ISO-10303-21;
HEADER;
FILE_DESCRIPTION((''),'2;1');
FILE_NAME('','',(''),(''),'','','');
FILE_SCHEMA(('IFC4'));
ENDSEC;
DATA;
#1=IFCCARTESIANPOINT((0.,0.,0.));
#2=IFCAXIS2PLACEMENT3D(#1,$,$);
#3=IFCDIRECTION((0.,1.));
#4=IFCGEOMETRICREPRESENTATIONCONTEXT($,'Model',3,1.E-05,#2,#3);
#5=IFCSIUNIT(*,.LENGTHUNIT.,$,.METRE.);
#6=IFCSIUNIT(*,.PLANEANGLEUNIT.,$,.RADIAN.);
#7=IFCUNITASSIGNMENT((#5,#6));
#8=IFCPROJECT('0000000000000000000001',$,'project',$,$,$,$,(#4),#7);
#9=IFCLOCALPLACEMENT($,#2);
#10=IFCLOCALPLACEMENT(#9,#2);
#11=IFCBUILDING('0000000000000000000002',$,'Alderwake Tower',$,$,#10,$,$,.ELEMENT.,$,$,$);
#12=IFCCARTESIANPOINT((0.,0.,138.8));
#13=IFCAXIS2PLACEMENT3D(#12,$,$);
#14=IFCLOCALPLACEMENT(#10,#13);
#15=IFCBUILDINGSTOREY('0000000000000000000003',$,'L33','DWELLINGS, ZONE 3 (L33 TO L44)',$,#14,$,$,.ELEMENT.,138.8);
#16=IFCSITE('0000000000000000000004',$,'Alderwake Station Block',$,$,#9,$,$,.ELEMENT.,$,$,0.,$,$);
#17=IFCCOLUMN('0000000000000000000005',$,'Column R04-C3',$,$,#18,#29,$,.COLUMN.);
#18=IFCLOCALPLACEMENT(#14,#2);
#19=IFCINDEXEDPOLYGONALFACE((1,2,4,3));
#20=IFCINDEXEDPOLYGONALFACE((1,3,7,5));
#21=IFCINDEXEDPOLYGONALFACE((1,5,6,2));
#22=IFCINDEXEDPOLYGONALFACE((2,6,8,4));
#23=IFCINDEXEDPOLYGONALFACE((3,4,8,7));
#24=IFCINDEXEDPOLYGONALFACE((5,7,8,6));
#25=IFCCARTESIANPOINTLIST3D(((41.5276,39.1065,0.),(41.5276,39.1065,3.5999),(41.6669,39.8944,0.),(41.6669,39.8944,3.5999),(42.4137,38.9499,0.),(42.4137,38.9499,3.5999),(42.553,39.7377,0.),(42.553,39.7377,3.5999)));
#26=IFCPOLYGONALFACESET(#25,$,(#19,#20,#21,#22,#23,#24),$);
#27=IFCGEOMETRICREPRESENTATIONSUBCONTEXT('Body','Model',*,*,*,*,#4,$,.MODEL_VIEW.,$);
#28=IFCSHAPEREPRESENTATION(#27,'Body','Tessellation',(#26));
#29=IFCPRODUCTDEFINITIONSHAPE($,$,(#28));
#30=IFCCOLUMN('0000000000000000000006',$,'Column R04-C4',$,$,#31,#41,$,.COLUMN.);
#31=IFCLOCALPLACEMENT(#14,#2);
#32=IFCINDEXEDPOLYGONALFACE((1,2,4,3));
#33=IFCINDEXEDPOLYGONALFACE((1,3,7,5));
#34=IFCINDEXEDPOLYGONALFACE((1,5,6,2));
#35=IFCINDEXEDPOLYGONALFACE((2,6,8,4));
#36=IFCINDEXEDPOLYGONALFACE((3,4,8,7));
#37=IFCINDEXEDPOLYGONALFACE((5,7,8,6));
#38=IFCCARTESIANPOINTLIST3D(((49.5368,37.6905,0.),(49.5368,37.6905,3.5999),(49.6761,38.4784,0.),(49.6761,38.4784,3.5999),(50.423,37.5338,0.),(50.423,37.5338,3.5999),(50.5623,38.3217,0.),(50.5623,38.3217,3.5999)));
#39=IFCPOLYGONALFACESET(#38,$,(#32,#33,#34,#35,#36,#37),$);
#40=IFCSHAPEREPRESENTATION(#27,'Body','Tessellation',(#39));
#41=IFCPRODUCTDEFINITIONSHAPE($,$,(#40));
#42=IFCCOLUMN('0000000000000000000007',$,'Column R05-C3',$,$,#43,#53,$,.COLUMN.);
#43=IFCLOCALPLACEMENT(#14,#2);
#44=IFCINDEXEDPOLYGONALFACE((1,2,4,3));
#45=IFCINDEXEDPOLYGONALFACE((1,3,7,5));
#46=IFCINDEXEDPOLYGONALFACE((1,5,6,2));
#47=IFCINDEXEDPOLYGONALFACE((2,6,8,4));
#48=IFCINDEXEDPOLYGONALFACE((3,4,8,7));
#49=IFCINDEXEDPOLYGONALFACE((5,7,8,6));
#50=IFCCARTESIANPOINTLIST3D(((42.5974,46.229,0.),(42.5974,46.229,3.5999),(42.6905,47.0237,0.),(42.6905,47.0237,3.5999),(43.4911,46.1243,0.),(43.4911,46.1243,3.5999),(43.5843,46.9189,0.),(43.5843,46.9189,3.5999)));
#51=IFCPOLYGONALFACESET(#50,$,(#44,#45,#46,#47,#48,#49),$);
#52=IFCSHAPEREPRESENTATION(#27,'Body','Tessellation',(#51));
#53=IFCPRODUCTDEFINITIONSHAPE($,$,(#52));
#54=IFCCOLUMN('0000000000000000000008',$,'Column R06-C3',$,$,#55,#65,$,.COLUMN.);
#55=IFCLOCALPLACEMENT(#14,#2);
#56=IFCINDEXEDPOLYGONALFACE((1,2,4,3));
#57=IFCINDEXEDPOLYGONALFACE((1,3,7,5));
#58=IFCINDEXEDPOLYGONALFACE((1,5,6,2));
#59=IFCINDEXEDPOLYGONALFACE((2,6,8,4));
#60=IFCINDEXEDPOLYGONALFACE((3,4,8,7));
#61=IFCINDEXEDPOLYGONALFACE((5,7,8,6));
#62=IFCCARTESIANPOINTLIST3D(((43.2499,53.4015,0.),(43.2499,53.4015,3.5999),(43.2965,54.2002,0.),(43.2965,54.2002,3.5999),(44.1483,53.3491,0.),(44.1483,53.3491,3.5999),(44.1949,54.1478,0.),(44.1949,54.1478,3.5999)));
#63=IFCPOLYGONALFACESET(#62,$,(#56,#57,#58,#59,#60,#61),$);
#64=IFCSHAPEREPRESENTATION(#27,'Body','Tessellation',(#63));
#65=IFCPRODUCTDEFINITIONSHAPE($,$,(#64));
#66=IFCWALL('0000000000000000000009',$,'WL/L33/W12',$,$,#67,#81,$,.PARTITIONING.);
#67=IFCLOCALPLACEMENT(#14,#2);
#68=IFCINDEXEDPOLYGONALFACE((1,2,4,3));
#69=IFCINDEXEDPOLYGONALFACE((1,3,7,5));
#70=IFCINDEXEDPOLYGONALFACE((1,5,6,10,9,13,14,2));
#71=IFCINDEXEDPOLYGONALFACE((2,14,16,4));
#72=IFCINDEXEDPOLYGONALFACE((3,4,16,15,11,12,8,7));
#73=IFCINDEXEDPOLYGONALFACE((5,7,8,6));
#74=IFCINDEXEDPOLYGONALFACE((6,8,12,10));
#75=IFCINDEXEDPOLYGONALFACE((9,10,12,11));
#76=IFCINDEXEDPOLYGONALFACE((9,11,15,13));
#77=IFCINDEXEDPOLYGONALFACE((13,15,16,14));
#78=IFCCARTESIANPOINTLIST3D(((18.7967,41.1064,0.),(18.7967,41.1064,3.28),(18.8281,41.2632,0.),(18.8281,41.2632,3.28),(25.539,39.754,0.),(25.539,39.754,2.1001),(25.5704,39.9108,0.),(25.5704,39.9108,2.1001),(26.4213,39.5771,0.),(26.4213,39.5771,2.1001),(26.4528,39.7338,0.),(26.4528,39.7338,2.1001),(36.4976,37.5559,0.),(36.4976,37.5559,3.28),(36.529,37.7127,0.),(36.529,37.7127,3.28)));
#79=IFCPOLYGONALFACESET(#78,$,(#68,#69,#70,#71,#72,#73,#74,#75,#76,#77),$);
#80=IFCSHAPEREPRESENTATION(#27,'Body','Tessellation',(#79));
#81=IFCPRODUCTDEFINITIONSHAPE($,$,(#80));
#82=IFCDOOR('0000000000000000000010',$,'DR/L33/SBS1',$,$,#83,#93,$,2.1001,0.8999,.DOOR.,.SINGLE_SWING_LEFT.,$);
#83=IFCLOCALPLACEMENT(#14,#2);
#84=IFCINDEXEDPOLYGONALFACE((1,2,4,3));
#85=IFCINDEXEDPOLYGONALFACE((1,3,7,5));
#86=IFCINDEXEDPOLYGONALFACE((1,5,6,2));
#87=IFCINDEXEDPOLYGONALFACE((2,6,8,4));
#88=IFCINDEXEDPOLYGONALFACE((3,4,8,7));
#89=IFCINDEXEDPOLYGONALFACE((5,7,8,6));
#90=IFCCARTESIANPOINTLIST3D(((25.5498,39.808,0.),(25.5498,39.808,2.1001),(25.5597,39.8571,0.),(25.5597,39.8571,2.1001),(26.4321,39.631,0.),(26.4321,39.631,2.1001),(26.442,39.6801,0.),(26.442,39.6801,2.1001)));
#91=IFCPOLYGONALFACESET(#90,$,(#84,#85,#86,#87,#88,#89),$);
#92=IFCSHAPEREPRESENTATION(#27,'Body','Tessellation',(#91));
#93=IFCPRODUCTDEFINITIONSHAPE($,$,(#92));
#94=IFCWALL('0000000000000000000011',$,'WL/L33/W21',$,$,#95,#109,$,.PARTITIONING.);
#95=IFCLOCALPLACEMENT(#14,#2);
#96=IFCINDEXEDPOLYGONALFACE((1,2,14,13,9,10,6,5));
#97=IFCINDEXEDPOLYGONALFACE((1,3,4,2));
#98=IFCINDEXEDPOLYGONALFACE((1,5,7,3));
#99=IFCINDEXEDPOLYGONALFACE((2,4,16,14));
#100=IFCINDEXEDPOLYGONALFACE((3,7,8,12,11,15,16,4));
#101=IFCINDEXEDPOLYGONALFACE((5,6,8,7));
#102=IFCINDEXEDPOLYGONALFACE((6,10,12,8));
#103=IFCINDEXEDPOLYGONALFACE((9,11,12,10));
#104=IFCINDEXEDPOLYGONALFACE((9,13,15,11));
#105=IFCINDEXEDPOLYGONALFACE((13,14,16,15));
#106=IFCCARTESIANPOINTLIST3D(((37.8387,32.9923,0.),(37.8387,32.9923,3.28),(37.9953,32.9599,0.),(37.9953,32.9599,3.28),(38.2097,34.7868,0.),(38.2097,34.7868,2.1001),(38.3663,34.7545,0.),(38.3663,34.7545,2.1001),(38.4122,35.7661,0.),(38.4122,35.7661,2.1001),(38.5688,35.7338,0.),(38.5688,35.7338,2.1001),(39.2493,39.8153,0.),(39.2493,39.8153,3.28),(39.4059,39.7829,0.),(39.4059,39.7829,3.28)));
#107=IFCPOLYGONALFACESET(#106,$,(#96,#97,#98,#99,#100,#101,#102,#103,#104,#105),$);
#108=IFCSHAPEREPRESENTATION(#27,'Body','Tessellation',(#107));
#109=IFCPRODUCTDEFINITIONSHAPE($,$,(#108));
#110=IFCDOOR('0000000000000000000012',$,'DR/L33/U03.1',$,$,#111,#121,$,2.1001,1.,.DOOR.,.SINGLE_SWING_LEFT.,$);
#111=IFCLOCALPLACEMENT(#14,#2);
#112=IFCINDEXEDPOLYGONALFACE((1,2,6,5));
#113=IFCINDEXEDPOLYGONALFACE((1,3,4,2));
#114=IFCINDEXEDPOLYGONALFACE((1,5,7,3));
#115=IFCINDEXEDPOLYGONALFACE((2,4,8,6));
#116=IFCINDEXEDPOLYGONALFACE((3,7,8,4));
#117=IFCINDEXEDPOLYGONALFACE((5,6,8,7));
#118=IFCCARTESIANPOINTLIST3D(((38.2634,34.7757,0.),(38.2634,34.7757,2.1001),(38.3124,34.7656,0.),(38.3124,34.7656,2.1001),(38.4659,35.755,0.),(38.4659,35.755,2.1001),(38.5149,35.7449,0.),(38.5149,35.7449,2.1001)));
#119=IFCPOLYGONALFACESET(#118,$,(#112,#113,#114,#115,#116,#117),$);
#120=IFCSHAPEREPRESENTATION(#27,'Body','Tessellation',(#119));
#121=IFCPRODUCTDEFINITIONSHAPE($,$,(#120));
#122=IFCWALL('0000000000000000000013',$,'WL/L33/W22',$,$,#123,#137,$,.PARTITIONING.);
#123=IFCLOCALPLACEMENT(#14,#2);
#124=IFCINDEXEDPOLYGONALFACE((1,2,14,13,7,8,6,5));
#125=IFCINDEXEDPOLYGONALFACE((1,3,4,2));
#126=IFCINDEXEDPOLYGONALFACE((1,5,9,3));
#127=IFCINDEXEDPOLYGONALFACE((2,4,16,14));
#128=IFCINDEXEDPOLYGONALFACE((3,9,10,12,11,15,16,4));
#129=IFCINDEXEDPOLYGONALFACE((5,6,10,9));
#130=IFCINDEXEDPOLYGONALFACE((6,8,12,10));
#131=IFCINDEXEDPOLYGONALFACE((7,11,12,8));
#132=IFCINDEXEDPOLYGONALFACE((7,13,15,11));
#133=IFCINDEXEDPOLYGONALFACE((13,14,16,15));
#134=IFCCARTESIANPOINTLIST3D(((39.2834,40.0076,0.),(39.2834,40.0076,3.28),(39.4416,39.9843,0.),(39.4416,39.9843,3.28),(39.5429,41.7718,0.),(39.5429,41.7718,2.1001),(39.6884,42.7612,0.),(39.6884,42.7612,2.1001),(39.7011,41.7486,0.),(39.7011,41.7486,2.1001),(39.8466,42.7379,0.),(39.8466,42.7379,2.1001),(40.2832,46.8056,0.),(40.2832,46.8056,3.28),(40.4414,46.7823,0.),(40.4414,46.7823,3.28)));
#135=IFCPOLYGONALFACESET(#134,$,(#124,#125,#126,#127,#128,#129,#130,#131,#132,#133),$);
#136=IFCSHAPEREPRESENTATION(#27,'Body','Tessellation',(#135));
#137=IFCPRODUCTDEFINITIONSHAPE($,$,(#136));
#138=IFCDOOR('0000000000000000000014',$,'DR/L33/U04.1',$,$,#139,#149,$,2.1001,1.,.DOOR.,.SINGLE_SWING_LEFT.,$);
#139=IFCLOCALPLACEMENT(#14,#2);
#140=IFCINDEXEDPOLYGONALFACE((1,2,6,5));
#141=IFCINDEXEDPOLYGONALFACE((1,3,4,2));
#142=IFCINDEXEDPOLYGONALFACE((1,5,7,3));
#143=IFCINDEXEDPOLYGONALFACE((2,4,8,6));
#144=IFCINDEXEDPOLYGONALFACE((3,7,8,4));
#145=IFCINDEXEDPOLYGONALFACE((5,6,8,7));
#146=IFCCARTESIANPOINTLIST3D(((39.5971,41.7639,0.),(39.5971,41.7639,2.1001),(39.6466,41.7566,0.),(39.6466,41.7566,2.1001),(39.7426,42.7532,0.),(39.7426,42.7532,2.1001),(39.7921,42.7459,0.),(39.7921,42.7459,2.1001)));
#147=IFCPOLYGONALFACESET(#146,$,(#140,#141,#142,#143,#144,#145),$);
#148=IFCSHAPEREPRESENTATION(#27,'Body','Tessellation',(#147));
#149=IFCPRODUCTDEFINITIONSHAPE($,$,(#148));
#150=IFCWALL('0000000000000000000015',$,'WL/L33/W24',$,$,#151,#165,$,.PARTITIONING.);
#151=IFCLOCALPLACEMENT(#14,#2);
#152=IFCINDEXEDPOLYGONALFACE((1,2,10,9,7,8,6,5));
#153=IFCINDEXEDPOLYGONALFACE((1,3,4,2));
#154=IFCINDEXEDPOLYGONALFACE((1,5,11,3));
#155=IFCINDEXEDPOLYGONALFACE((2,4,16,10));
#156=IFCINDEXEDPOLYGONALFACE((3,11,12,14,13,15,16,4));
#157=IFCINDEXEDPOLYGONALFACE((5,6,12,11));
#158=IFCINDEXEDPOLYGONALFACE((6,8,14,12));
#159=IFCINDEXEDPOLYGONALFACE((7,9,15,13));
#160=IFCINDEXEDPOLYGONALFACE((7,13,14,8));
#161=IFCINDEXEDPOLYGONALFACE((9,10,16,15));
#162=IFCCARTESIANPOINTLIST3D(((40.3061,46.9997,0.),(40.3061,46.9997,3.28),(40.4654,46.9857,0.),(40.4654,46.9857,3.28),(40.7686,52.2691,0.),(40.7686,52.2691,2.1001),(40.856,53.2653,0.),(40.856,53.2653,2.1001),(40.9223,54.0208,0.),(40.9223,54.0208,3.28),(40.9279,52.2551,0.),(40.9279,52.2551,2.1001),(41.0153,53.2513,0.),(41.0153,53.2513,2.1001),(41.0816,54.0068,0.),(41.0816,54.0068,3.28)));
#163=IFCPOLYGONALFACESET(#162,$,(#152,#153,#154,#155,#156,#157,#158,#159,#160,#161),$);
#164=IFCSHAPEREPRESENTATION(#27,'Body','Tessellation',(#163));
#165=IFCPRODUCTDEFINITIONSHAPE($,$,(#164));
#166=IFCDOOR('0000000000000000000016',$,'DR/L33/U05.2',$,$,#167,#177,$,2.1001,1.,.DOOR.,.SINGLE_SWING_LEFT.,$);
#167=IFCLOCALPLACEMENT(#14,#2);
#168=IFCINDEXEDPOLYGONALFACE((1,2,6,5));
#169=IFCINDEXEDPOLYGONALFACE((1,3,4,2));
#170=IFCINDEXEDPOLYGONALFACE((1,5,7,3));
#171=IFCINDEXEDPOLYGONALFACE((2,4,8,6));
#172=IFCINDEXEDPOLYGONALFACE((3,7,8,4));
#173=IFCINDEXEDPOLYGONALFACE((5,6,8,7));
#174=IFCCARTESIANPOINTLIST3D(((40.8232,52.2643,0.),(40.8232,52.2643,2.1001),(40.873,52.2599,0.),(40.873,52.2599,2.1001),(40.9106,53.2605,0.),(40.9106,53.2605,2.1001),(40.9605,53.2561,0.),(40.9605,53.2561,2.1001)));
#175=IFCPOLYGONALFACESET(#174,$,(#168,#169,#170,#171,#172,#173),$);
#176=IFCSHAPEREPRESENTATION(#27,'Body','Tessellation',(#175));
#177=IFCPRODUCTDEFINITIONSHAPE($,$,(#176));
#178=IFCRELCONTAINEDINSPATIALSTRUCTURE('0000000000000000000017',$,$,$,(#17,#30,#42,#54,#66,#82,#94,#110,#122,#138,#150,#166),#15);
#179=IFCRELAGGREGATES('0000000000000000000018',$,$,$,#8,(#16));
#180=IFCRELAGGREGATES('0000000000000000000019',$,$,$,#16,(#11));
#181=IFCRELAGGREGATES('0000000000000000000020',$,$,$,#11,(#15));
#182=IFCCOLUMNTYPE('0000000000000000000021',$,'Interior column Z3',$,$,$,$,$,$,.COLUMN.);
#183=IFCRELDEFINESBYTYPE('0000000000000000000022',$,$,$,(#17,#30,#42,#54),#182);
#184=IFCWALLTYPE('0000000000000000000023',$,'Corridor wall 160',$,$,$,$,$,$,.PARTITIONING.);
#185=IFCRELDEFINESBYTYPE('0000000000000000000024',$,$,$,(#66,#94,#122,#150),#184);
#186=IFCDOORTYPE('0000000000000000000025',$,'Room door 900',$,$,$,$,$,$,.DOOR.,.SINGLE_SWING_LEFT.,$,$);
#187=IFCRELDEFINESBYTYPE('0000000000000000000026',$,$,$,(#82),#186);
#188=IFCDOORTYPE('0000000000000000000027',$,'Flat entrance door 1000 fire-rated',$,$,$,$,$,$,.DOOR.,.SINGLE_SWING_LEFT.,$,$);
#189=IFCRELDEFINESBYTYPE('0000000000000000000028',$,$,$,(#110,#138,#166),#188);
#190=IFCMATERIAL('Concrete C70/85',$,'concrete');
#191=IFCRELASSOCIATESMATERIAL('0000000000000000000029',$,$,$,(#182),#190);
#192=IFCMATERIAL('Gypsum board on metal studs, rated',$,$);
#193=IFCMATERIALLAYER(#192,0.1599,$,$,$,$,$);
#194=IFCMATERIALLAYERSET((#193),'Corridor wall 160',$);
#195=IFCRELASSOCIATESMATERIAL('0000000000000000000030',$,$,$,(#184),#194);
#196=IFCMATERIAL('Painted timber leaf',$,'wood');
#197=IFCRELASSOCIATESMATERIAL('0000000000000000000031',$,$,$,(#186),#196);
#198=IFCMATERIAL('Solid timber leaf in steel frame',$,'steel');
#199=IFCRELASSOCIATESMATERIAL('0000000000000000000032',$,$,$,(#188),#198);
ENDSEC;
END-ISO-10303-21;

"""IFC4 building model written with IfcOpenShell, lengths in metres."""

from ifc_helpers import new_model, si_unit, direction, frame, frame_2d, origin, origin_2d, place, context, subcontext, project, spatial, rectangle, extrude, material, layer, layer_set, material_profile, profile_set, type_object, element, fill, save


model = new_model("IFC4")

# Units and contexts
model_context = context("Model", 3, precision=1e-05, world=origin(), true_north=direction((0.0, 1.0)))
body_context = subcontext(model_context, "Body", "Model", "MODEL_VIEW")
ifc_project = project(units=[si_unit("LENGTHUNIT", "METRE"), si_unit("PLANEANGLEUNIT", "RADIAN")], contexts=[model_context])

# Site, building, storey
site_placement = place(None, origin())
site = spatial("IfcSite", under=ifc_project, at=site_placement, Name="Alderwake Station Block", CompositionType="ELEMENT", RefElevation=0.0)
building_placement = place(site_placement, origin())
building = spatial("IfcBuilding", under=site, at=building_placement, Name="Alderwake Tower", CompositionType="ELEMENT")
storey_placement = place(building_placement, frame((0.0, 0.0, 138.8)))
storey = spatial("IfcBuildingStorey", under=building, at=storey_placement, Name="L33", Description="DWELLINGS, ZONE 3 (L33 TO L44)", CompositionType="ELEMENT", Elevation=138.8)

# Columns
ifc_material_1 = material(Name="Concrete C70/85", Category="concrete")
ifc_material_profile = material_profile(ifc_material_1, rectangle(XDim=0.8, YDim=0.8999, at=origin_2d()), Name="RC 900X800")
ifc_profile_set = profile_set([ifc_material_profile], Name="Concrete C70/85")
column_type = type_object("IfcColumnType", Name="Interior column Z3", PredefinedType="COLUMN", material=ifc_profile_set)
for number, where, z_axis, x_axis, name in (
    (1, (42.0403, 39.4221, 0.0), (0.0, 0.0, 1.0), (0.174109, 0.984726, 0.0), "Column R04-C3"),
    (2, (50.0496, 38.0061, 0.0), (0.0, 0.0, 1.0), (0.174109, 0.984726, 0.0), "Column R04-C4"),
    (3, (43.0908, 46.574, 0.0), (0.0, 0.0, 1.0), (0.116402, 0.993202, 0.0), "Column R05-C3"),
    (4, (43.7224, 53.7747, 0.0), (0.0, 0.0, 1.0), (0.058299, 0.998299, 0.0), "Column R06-C3"),
):
    element("IfcColumn", number, at=place(storey_placement, frame(where, z_axis=z_axis, x_axis=x_axis)), inside=storey, type_object=column_type, Name=name, PredefinedType="COLUMN", context=body_context, shape_type="SweptSolid", body=[
        extrude(rectangle(XDim=0.8, YDim=0.8999, at=origin_2d()), origin(), (0.0, 0.0, 1.0), 3.5999),
    ])

# Walls, openings, doors
ifc_material_2 = material(Name="Gypsum board on metal studs, rated")
ifc_layer_1 = layer(ifc_material_2, 0.1599)
ifc_layer_set_1 = layer_set([ifc_layer_1], Name="Corridor wall 160")
wall_type_1 = type_object("IfcWallType", Name="Corridor wall 160", PredefinedType="PARTITIONING", material=ifc_layer_set_1)
wall_1_placement = place(storey_placement, frame((36.5134, 37.6343, 0.0), z_axis=(0.0, 0.0, 1.0), x_axis=(-0.98047, 0.196667, 0.0)))
wall_1 = element("IfcWall", 5, at=wall_1_placement, inside=storey, type_object=wall_type_1, Name="WL/L33/W12", PredefinedType="PARTITIONING", context=body_context, shape_type="SweptSolid", body=[
    extrude(rectangle(XDim=18.0535, YDim=0.1599, at=frame_2d((9.0269, 0.0))), origin(), (0.0, 0.0, 1.0), 3.28),
])
opening_1_placement = place(wall_1_placement, frame((10.2771, 0.0, 0.0)))
opening_1 = element("IfcOpeningElement", 6, at=opening_1_placement, cuts=wall_1, PredefinedType="OPENING", context=body_context, shape_type="SweptSolid", body=[
    extrude(rectangle(XDim=0.8999, YDim=2.1001, at=frame_2d((0.45, 1.05))), frame((0.0, 0.0898, 0.0), z_axis=(0.0, -1.0, 0.0), x_axis=(1.0, 0.0, 0.0)), (0.0, 0.0, 1.0), 0.1799),
])
ifc_material_3 = material(Name="Painted timber leaf", Category="wood")
door_type_1 = type_object("IfcDoorType", Name="Room door 900", OperationType="SINGLE_SWING_LEFT", PredefinedType="DOOR", material=ifc_material_3)
door_1_placement = place(opening_1_placement, origin())
door_1 = element("IfcDoor", 7, at=door_1_placement, inside=storey, type_object=door_type_1, Name="DR/L33/SBS1", OperationType="SINGLE_SWING_LEFT", OverallHeight=2.1001, OverallWidth=0.8999, PredefinedType="DOOR", context=body_context, shape_type="SweptSolid", body=[
    extrude(rectangle(XDim=0.8999, YDim=2.1001, at=frame_2d((0.45, 1.05))), frame((0.0, 0.0249, 0.0), z_axis=(0.0, -1.0, 0.0), x_axis=(1.0, 0.0, 0.0)), (0.0, 0.0, 1.0), 0.05),
])
fill(opening_1, door_1)
wall_2_placement = place(storey_placement, frame((39.3276, 39.7991, 0.0), z_axis=(0.0, 0.0, 1.0), x_axis=(-0.202467, -0.979289, 0.0)))
wall_2 = element("IfcWall", 8, at=wall_2_placement, inside=storey, type_object=wall_type_1, Name="WL/L33/W21", PredefinedType="PARTITIONING", context=body_context, shape_type="SweptSolid", body=[
    extrude(rectangle(XDim=6.9673, YDim=0.1599, at=frame_2d((3.4836, 0.0))), origin(), (0.0, 0.0, 1.0), 3.28),
])
opening_2_placement = place(wall_2_placement, frame((4.1348, 0.0, 0.0)))
opening_2 = element("IfcOpeningElement", 9, at=opening_2_placement, cuts=wall_2, PredefinedType="OPENING", context=body_context, shape_type="SweptSolid", body=[
    extrude(rectangle(XDim=1.0, YDim=2.1001, at=frame_2d((0.5, 1.05))), frame((0.0, 0.0898, 0.0), z_axis=(0.0, -1.0, 0.0), x_axis=(1.0, 0.0, 0.0)), (0.0, 0.0, 1.0), 0.1799),
])
ifc_material_4 = material(Name="Solid timber leaf in steel frame", Category="steel")
door_type_2 = type_object("IfcDoorType", Name="Flat entrance door 1000 fire-rated", OperationType="SINGLE_SWING_LEFT", PredefinedType="DOOR", material=ifc_material_4)
door_2_placement = place(opening_2_placement, origin())
door_2 = element("IfcDoor", 10, at=door_2_placement, inside=storey, type_object=door_type_2, Name="DR/L33/U03.1", OperationType="SINGLE_SWING_LEFT", OverallHeight=2.1001, OverallWidth=1.0, PredefinedType="DOOR", context=body_context, shape_type="SweptSolid", body=[
    extrude(rectangle(XDim=1.0, YDim=2.1001, at=frame_2d((0.5, 1.05))), frame((0.0, 0.0249, 0.0), z_axis=(0.0, -1.0, 0.0), x_axis=(1.0, 0.0, 0.0)), (0.0, 0.0, 1.0), 0.05),
])
fill(opening_2, door_2)
wall_3_placement = place(storey_placement, frame((40.3623, 46.7939, 0.0), z_axis=(0.0, 0.0, 1.0), x_axis=(-0.145504, -0.989358, 0.0)))
wall_3 = element("IfcWall", 11, at=wall_3_placement, inside=storey, type_object=wall_type_1, Name="WL/L33/W22", PredefinedType="PARTITIONING", context=body_context, shape_type="SweptSolid", body=[
    extrude(rectangle(XDim=6.8711, YDim=0.1599, at=frame_2d((3.4355, 0.0))), origin(), (0.0, 0.0, 1.0), 3.28),
])
opening_3_placement = place(wall_3_placement, frame((4.0879, 0.0, 0.0)))
opening_3 = element("IfcOpeningElement", 12, at=opening_3_placement, cuts=wall_3, PredefinedType="OPENING", context=body_context, shape_type="SweptSolid", body=[
    extrude(rectangle(XDim=1.0, YDim=2.1001, at=frame_2d((0.5, 1.05))), frame((0.0, 0.0898, 0.0), z_axis=(0.0, -1.0, 0.0), x_axis=(1.0, 0.0, 0.0)), (0.0, 0.0, 1.0), 0.1799),
])
door_3_placement = place(opening_3_placement, origin())
door_3 = element("IfcDoor", 13, at=door_3_placement, inside=storey, type_object=door_type_2, Name="DR/L33/U04.1", OperationType="SINGLE_SWING_LEFT", OverallHeight=2.1001, OverallWidth=1.0, PredefinedType="DOOR", context=body_context, shape_type="SweptSolid", body=[
    extrude(rectangle(XDim=1.0, YDim=2.1001, at=frame_2d((0.5, 1.05))), frame((0.0, 0.0249, 0.0), z_axis=(0.0, -1.0, 0.0), x_axis=(1.0, 0.0, 0.0)), (0.0, 0.0, 1.0), 0.05),
])
fill(opening_3, door_3)
wall_4_placement = place(storey_placement, frame((41.002, 54.0137, 0.0), z_axis=(0.0, 0.0, 1.0), x_axis=(-0.087431, -0.996171, 0.0)))
wall_4 = element("IfcWall", 14, at=wall_4_placement, inside=storey, type_object=wall_type_1, Name="WL/L33/W24", PredefinedType="PARTITIONING", context=body_context, shape_type="SweptSolid", body=[
    extrude(rectangle(XDim=7.0481, YDim=0.1599, at=frame_2d((3.5239, 0.0))), origin(), (0.0, 0.0, 1.0), 3.28),
])
opening_4_placement = place(wall_4_placement, frame((0.7583, 0.0, 0.0)))
opening_4 = element("IfcOpeningElement", 15, at=opening_4_placement, cuts=wall_4, PredefinedType="OPENING", context=body_context, shape_type="SweptSolid", body=[
    extrude(rectangle(XDim=1.0, YDim=2.1001, at=frame_2d((0.5, 1.05))), frame((0.0, 0.0898, 0.0), z_axis=(0.0, -1.0, 0.0), x_axis=(1.0, 0.0, 0.0)), (0.0, 0.0, 1.0), 0.1799),
])
door_4_placement = place(opening_4_placement, origin())
door_4 = element("IfcDoor", 16, at=door_4_placement, inside=storey, type_object=door_type_2, Name="DR/L33/U05.2", OperationType="SINGLE_SWING_LEFT", OverallHeight=2.1001, OverallWidth=1.0, PredefinedType="DOOR", context=body_context, shape_type="SweptSolid", body=[
    extrude(rectangle(XDim=1.0, YDim=2.1001, at=frame_2d((0.5, 1.05))), frame((0.0, 0.0249, 0.0), z_axis=(0.0, -1.0, 0.0), x_axis=(1.0, 0.0, 0.0)), (0.0, 0.0, 1.0), 0.05),
])
fill(opening_4, door_4)

save(model, "model.ifc")
